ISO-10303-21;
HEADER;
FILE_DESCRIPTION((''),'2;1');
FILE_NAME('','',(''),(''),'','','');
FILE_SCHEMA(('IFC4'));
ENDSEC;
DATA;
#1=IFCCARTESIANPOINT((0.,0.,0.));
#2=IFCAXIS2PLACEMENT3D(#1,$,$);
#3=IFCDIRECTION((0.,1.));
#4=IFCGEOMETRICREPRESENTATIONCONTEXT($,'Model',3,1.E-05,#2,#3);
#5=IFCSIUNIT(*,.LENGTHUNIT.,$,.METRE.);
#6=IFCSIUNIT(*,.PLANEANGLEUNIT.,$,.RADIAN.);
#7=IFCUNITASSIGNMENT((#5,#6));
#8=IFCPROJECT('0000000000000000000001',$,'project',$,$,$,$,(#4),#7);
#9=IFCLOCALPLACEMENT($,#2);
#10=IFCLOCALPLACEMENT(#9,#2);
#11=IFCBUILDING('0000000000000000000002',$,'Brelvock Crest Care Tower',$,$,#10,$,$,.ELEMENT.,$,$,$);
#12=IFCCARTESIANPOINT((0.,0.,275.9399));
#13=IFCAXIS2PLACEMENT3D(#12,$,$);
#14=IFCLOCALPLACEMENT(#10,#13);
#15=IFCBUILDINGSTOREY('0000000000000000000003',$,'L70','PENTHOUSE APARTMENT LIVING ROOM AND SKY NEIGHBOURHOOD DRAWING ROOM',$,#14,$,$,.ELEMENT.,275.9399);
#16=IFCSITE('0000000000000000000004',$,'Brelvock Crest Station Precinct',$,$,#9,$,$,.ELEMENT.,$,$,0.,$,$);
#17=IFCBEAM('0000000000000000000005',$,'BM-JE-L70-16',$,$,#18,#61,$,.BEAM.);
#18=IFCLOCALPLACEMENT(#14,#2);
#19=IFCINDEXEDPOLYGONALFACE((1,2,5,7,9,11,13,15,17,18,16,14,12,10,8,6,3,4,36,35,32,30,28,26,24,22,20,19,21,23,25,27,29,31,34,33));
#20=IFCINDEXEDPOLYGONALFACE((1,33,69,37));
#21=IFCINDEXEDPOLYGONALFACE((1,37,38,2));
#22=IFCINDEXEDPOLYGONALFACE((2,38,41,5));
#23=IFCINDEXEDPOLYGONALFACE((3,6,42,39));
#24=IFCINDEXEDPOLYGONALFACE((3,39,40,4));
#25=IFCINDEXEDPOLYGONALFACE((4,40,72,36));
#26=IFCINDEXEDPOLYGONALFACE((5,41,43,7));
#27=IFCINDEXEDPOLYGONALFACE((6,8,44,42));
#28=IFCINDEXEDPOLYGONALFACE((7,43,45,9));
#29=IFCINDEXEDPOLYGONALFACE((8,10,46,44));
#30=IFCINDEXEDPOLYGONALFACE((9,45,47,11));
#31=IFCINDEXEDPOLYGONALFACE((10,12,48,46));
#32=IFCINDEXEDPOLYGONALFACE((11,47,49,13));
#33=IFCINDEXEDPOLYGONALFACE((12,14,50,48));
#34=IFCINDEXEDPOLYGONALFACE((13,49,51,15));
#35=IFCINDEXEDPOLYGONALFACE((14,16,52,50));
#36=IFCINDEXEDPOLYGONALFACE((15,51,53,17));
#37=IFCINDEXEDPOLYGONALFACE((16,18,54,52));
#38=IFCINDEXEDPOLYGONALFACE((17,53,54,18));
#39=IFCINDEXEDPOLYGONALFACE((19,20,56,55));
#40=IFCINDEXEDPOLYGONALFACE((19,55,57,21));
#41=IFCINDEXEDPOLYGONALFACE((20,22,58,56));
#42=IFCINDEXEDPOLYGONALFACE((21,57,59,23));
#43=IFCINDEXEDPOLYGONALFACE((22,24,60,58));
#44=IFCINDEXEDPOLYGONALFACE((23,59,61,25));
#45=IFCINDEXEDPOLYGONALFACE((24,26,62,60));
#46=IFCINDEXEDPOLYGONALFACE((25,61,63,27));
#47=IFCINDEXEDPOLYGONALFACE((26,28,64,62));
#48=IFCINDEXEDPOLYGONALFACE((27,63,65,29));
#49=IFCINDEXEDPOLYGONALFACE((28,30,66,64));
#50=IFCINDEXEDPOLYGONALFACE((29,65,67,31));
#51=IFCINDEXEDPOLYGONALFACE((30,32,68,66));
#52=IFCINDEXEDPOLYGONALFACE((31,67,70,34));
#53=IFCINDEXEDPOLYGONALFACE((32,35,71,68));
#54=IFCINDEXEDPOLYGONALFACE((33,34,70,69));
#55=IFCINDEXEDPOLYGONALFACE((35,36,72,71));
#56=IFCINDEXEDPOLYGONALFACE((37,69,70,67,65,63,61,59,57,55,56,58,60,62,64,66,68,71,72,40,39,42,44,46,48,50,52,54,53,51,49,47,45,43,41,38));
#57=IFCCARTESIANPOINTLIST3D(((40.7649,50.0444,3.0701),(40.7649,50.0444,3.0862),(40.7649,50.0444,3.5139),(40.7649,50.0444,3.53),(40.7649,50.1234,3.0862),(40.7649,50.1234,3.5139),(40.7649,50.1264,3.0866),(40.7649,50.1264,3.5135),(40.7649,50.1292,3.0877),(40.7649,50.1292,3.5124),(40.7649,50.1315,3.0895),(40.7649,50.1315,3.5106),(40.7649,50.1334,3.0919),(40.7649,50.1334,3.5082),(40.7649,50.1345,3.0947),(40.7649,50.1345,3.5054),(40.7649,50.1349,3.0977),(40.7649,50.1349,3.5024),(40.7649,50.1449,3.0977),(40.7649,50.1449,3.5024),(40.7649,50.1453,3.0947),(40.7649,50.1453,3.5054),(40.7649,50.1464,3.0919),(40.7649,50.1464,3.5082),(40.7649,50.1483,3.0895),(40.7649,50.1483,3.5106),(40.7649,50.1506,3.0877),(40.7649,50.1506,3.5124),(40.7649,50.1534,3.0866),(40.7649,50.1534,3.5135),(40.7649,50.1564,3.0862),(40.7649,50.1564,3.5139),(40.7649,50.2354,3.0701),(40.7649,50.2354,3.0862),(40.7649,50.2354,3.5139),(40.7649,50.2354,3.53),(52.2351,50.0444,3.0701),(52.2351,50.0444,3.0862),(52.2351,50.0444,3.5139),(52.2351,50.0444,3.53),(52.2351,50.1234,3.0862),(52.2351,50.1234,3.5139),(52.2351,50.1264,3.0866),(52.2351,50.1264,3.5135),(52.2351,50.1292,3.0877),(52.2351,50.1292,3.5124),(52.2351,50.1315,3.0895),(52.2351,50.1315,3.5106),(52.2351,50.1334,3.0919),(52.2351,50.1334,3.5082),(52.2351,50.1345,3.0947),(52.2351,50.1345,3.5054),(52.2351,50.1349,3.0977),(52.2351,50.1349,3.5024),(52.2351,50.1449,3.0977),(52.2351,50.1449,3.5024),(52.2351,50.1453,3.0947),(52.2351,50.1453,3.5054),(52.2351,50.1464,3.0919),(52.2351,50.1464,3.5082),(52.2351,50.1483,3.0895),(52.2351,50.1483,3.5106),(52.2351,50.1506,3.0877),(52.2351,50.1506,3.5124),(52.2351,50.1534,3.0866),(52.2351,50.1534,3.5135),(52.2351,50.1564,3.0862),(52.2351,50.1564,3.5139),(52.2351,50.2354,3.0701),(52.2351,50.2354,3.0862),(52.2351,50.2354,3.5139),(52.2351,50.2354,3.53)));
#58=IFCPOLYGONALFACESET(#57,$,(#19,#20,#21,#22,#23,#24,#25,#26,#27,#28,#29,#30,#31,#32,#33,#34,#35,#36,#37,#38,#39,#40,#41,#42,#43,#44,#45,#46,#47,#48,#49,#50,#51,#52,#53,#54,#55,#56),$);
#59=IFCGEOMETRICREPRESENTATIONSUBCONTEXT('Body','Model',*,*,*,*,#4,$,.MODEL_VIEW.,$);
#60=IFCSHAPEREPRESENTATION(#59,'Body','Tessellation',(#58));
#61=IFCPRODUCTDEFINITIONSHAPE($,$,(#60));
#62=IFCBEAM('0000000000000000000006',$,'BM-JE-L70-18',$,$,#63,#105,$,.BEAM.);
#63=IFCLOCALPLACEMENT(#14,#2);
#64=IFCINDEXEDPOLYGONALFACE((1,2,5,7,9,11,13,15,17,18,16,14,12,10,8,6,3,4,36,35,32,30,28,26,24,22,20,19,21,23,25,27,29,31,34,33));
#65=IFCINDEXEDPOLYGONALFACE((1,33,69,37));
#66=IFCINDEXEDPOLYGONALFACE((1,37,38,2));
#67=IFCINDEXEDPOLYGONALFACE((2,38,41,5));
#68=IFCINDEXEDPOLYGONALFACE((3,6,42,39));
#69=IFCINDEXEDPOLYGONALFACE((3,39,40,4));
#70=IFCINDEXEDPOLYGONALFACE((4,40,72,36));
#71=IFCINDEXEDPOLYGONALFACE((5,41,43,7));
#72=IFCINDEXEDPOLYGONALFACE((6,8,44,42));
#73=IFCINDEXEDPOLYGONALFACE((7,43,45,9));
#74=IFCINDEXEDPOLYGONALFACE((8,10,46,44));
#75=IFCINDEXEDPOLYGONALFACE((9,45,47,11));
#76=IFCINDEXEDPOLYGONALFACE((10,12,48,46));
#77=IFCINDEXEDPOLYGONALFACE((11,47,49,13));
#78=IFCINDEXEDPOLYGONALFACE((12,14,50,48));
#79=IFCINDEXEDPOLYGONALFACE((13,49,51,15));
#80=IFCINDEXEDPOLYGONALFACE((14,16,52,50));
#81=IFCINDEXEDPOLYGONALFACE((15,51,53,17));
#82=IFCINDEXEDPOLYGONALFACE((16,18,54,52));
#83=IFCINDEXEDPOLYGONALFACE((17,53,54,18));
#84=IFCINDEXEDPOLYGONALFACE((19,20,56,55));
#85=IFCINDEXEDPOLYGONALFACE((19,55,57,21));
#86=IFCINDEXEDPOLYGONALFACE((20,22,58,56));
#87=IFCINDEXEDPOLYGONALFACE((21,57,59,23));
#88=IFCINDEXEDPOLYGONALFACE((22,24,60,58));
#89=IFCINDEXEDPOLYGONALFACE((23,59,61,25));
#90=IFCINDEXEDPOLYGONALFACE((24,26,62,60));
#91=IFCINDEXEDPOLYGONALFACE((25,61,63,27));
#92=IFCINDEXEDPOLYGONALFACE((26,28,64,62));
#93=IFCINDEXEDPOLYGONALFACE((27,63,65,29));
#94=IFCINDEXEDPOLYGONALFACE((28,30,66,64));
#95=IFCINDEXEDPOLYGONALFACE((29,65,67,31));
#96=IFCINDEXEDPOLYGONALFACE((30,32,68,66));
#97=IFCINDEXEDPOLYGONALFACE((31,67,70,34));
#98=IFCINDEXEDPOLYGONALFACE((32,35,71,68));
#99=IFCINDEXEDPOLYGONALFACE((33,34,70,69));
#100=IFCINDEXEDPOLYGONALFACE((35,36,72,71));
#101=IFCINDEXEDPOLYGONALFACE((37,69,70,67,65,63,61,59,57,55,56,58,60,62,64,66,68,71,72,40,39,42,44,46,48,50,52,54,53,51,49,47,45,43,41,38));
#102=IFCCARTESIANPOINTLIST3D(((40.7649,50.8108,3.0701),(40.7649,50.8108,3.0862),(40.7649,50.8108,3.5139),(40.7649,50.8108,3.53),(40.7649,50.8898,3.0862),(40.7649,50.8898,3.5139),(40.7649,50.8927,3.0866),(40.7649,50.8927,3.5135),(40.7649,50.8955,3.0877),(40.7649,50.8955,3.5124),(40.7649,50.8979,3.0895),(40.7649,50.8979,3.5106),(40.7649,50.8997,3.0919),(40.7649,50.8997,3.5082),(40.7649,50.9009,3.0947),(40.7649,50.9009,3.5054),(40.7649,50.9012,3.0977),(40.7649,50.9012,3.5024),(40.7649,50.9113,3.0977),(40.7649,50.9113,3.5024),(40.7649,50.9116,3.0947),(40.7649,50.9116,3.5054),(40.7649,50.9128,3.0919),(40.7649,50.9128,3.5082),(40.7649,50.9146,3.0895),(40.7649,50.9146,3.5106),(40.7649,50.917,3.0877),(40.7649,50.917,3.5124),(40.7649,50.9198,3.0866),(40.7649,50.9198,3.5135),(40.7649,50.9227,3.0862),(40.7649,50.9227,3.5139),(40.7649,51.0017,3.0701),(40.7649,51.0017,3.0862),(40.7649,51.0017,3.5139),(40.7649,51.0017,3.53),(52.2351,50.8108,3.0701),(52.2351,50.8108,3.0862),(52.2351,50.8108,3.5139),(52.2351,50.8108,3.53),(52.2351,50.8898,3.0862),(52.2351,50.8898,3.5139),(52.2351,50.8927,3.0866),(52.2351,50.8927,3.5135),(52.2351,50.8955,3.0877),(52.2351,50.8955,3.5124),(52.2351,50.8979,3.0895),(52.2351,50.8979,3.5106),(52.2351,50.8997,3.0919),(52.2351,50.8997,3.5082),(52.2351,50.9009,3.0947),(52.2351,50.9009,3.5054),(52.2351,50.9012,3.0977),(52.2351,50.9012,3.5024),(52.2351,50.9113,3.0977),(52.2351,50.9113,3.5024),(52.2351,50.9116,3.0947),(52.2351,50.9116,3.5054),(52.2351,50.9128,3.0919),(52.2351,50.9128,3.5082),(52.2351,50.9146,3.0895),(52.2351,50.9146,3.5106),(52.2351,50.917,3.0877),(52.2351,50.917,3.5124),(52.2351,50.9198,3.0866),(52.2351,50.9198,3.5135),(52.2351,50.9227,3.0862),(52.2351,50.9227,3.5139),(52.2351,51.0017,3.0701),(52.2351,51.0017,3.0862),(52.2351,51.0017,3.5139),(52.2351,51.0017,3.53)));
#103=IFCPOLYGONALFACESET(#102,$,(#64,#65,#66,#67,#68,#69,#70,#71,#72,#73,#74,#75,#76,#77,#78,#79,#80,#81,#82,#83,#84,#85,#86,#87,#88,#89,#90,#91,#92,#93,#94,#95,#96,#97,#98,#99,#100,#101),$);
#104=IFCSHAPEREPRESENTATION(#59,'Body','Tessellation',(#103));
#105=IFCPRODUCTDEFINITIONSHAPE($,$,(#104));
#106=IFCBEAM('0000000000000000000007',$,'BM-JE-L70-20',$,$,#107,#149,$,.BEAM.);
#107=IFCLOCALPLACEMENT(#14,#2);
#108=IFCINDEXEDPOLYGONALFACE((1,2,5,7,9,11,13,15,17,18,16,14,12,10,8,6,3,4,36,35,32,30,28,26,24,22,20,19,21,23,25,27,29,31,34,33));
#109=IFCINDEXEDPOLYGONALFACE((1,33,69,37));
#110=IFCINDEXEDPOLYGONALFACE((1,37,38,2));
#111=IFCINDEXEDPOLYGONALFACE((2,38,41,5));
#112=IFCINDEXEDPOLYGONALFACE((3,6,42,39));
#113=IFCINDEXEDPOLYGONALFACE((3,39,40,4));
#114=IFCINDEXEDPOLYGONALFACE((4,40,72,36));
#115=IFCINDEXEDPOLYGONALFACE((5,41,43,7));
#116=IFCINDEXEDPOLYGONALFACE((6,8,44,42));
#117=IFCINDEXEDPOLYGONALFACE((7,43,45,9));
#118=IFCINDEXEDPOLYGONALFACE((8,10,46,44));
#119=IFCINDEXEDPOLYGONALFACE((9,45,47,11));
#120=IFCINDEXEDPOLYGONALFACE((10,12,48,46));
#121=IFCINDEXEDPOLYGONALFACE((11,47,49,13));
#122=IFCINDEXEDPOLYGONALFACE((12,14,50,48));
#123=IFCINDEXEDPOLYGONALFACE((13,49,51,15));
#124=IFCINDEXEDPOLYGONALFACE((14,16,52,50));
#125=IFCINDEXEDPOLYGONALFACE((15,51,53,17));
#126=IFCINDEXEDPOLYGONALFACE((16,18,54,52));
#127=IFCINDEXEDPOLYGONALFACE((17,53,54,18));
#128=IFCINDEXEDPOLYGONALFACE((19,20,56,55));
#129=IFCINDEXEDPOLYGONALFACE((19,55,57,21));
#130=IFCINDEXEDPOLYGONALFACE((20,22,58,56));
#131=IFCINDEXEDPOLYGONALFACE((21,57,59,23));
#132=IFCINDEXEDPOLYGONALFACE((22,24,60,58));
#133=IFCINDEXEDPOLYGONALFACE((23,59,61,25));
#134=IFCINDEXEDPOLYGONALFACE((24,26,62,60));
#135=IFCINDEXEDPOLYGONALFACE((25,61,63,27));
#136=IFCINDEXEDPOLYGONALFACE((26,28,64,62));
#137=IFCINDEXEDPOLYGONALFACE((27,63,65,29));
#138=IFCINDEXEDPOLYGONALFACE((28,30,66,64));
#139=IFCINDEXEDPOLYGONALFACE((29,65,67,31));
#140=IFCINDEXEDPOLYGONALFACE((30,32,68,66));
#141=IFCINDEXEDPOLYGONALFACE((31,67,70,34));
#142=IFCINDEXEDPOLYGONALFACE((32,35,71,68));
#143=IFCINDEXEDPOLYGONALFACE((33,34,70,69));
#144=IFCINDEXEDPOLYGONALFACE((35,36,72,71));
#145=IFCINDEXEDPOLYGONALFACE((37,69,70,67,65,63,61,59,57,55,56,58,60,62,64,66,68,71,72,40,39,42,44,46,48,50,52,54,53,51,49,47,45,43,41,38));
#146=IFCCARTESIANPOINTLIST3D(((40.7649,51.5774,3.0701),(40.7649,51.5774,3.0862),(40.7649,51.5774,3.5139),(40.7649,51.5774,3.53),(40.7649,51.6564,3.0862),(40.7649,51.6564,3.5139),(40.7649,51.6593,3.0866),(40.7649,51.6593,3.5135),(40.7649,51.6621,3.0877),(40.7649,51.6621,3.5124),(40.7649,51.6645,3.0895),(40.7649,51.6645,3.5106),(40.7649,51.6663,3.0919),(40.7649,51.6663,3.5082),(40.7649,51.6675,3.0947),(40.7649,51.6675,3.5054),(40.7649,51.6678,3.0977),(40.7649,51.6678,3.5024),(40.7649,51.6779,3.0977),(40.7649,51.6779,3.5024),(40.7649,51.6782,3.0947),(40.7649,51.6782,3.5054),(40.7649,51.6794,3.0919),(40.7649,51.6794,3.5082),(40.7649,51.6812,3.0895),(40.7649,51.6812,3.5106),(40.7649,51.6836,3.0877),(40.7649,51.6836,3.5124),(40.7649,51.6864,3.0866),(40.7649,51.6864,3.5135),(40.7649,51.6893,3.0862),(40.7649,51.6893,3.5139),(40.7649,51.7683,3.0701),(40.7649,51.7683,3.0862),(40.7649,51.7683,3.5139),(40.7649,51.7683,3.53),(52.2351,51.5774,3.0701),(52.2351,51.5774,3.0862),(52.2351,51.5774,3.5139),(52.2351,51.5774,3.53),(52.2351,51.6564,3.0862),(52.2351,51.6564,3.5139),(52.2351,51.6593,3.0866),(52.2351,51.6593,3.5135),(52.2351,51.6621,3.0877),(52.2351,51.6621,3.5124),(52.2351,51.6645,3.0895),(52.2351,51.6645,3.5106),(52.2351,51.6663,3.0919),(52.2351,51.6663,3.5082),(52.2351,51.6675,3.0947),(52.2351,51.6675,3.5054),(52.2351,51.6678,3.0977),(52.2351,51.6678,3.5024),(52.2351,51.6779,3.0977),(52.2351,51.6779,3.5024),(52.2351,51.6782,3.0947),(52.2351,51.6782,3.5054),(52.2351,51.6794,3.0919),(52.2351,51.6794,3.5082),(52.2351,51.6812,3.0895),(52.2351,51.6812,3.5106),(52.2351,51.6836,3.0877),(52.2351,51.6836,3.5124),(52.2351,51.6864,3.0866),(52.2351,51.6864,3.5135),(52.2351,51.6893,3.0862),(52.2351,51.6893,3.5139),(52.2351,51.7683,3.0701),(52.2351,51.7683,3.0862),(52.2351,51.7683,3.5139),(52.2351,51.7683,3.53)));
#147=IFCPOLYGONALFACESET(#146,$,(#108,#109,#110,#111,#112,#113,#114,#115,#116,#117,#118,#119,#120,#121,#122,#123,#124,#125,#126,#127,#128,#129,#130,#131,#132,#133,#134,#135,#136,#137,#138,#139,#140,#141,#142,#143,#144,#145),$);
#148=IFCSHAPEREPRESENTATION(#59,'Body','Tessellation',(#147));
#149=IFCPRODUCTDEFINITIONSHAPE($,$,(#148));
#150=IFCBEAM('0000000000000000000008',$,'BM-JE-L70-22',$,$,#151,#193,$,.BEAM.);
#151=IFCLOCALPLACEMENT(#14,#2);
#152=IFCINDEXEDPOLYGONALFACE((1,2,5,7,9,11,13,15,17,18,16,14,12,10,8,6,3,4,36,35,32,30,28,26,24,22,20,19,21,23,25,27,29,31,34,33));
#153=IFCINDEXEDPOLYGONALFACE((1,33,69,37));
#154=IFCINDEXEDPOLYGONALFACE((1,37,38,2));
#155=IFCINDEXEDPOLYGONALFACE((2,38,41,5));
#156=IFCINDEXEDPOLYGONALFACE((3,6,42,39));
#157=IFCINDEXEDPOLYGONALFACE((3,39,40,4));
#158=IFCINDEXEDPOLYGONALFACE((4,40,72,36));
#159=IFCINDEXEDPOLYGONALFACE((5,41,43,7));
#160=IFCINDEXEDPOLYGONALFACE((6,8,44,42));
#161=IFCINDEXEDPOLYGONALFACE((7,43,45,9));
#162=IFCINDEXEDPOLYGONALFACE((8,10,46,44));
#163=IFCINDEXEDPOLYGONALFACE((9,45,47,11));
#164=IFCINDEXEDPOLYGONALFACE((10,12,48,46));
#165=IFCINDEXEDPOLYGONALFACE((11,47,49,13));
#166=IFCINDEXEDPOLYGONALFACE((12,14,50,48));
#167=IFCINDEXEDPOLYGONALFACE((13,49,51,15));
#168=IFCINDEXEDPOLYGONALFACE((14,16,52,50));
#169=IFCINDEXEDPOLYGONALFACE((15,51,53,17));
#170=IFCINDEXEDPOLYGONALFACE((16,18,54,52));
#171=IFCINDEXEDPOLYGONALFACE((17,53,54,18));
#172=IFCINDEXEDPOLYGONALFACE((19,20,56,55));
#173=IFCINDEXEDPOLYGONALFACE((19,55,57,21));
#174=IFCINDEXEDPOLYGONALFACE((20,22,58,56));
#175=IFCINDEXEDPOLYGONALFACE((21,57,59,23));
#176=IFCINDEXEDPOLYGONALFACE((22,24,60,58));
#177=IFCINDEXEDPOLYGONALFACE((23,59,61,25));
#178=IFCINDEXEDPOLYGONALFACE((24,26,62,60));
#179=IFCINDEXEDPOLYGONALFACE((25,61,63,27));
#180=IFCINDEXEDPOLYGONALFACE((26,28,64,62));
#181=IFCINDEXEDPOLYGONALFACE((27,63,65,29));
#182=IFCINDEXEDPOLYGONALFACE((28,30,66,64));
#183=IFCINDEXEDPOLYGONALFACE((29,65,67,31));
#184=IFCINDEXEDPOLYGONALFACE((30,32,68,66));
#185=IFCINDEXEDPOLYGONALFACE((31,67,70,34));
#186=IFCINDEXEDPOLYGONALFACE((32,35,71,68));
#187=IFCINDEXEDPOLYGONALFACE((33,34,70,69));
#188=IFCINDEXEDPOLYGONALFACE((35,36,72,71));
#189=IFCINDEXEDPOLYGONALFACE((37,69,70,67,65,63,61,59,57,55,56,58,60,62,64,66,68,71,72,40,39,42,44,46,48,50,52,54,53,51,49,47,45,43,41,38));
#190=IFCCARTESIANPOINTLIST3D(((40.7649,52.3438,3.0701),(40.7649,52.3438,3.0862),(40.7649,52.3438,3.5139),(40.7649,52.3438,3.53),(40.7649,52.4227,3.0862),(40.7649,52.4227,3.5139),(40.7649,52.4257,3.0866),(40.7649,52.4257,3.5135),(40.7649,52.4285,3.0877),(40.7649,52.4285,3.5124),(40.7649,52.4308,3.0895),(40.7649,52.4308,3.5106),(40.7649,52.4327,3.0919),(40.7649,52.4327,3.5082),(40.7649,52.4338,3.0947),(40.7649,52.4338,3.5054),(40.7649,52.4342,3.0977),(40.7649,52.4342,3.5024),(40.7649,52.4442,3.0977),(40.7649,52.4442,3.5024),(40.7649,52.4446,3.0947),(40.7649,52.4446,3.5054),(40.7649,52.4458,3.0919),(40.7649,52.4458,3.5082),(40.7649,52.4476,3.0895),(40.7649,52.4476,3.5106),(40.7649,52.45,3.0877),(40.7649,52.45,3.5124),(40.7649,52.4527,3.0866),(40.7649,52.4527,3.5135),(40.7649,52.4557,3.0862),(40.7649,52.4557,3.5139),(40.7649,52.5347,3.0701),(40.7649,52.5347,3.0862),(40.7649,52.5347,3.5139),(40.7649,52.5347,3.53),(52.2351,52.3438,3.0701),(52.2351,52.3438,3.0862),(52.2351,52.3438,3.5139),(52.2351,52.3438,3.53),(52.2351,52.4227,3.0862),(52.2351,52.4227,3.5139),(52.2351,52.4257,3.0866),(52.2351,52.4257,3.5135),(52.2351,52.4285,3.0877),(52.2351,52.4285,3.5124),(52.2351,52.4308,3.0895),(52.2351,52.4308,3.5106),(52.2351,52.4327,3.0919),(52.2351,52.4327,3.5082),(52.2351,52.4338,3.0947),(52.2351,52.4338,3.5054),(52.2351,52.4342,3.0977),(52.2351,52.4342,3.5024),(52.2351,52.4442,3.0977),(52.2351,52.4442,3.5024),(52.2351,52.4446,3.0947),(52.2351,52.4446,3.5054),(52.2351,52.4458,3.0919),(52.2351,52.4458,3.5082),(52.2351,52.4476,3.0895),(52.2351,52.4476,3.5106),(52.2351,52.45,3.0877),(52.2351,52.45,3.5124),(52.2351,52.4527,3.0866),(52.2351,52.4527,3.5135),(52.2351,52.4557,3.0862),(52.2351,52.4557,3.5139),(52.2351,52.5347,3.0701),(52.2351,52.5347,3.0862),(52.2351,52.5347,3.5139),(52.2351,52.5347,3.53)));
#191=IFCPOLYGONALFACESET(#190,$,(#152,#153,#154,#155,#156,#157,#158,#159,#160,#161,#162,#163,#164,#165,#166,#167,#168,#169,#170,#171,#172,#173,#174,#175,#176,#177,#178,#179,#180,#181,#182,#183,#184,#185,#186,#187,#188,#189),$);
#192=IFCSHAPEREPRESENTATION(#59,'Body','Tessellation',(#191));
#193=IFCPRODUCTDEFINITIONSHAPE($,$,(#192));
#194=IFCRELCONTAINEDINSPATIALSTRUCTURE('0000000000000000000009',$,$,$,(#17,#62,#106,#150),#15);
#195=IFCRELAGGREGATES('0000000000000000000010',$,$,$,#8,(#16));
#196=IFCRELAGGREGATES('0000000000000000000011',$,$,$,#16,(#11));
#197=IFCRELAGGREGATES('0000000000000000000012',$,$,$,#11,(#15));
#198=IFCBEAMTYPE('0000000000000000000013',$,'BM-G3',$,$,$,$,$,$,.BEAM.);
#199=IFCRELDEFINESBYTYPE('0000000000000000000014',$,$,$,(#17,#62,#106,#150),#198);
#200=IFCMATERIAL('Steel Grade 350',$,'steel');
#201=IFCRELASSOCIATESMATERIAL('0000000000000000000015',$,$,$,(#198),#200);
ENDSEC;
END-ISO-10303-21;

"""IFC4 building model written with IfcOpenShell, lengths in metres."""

from ifc_helpers import new_model, si_unit, direction, frame, origin, origin_2d, place, context, subcontext, project, spatial, i_section, extrude, source, transform, mapped, material, material_profile, profile_set, type_object, element, save


model = new_model("IFC4")

# Units and contexts
model_context = context("Model", 3, precision=1e-05, world=origin(), true_north=direction((0.0, 1.0)))
body_context = subcontext(model_context, "Body", "Model", "MODEL_VIEW")
ifc_project = project(units=[si_unit("LENGTHUNIT", "METRE"), si_unit("PLANEANGLEUNIT", "RADIAN")], contexts=[model_context])

# Site, building, storey
site_placement = place(None, origin())
site = spatial("IfcSite", under=ifc_project, at=site_placement, Name="Brelvock Crest Station Precinct", CompositionType="ELEMENT", RefElevation=0.0)
building_placement = place(site_placement, origin())
building = spatial("IfcBuilding", under=site, at=building_placement, Name="Brelvock Crest Care Tower", CompositionType="ELEMENT")
storey_placement = place(building_placement, frame((0.0, 0.0, 275.9399)))
storey = spatial("IfcBuildingStorey", under=building, at=storey_placement, Name="L70", Description="PENTHOUSE APARTMENT LIVING ROOM AND SKY NEIGHBOURHOOD DRAWING ROOM", CompositionType="ELEMENT", Elevation=275.9399)

# Beams
ifc_material_1 = material(Name="Steel Grade 350", Category="steel")
ifc_material_profile_1 = material_profile(ifc_material_1, i_section(OverallWidth=0.1909, OverallDepth=0.46, WebThickness=0.01, FlangeThickness=0.0161, FilletRadius=0.0115, at=origin_2d()), Name="460UB82.1")
ifc_profile_set_1 = profile_set([ifc_material_profile_1], Name="Steel Grade 350")
beam_type_1 = type_object("IfcBeamType", Name="BM-G3", PredefinedType="BEAM", material=ifc_profile_set_1)
shared_shape_1 = source(origin(), body_context, "Body", "SweptSolid", [
    extrude(i_section(OverallWidth=0.1909, OverallDepth=0.46, WebThickness=0.01, FlangeThickness=0.0161, FilletRadius=0.0115, at=origin_2d()), origin(), (0.0, 0.0, 1.0), 11.4702),
])
for number, where, z_axis, x_axis, name in (
    (1, (40.7649, 50.1399, 3.3), (1.0, 0.0, 0.0), (0.0, 1.0, 0.0), "BM-JE-L70-16"),
    (2, (40.7649, 50.9062, 3.3), (1.0, 0.0, 0.0), (0.0, 1.0, 0.0), "BM-JE-L70-18"),
    (3, (40.7649, 51.6729, 3.3), (1.0, 0.0, 0.0), (0.0, 1.0, 0.0), "BM-JE-L70-20"),
    (4, (40.7649, 52.4392, 3.3), (1.0, 0.0, 0.0), (0.0, 1.0, 0.0), "BM-JE-L70-22"),
):
    element("IfcBeam", number, at=place(storey_placement, frame(where, z_axis=z_axis, x_axis=x_axis)), inside=storey, type_object=beam_type_1, Name=name, PredefinedType="BEAM", context=body_context, shape_type="MappedRepresentation", body=[
        mapped(shared_shape_1, transform((0.0, 0.0, 0.0), x_axis=(1.0, 0.0, 0.0), y_axis=(0.0, 1.0, 0.0), z_axis=(0.0, 0.0, 1.0), scale=1.0)),
    ])

save(model, "model.ifc")
